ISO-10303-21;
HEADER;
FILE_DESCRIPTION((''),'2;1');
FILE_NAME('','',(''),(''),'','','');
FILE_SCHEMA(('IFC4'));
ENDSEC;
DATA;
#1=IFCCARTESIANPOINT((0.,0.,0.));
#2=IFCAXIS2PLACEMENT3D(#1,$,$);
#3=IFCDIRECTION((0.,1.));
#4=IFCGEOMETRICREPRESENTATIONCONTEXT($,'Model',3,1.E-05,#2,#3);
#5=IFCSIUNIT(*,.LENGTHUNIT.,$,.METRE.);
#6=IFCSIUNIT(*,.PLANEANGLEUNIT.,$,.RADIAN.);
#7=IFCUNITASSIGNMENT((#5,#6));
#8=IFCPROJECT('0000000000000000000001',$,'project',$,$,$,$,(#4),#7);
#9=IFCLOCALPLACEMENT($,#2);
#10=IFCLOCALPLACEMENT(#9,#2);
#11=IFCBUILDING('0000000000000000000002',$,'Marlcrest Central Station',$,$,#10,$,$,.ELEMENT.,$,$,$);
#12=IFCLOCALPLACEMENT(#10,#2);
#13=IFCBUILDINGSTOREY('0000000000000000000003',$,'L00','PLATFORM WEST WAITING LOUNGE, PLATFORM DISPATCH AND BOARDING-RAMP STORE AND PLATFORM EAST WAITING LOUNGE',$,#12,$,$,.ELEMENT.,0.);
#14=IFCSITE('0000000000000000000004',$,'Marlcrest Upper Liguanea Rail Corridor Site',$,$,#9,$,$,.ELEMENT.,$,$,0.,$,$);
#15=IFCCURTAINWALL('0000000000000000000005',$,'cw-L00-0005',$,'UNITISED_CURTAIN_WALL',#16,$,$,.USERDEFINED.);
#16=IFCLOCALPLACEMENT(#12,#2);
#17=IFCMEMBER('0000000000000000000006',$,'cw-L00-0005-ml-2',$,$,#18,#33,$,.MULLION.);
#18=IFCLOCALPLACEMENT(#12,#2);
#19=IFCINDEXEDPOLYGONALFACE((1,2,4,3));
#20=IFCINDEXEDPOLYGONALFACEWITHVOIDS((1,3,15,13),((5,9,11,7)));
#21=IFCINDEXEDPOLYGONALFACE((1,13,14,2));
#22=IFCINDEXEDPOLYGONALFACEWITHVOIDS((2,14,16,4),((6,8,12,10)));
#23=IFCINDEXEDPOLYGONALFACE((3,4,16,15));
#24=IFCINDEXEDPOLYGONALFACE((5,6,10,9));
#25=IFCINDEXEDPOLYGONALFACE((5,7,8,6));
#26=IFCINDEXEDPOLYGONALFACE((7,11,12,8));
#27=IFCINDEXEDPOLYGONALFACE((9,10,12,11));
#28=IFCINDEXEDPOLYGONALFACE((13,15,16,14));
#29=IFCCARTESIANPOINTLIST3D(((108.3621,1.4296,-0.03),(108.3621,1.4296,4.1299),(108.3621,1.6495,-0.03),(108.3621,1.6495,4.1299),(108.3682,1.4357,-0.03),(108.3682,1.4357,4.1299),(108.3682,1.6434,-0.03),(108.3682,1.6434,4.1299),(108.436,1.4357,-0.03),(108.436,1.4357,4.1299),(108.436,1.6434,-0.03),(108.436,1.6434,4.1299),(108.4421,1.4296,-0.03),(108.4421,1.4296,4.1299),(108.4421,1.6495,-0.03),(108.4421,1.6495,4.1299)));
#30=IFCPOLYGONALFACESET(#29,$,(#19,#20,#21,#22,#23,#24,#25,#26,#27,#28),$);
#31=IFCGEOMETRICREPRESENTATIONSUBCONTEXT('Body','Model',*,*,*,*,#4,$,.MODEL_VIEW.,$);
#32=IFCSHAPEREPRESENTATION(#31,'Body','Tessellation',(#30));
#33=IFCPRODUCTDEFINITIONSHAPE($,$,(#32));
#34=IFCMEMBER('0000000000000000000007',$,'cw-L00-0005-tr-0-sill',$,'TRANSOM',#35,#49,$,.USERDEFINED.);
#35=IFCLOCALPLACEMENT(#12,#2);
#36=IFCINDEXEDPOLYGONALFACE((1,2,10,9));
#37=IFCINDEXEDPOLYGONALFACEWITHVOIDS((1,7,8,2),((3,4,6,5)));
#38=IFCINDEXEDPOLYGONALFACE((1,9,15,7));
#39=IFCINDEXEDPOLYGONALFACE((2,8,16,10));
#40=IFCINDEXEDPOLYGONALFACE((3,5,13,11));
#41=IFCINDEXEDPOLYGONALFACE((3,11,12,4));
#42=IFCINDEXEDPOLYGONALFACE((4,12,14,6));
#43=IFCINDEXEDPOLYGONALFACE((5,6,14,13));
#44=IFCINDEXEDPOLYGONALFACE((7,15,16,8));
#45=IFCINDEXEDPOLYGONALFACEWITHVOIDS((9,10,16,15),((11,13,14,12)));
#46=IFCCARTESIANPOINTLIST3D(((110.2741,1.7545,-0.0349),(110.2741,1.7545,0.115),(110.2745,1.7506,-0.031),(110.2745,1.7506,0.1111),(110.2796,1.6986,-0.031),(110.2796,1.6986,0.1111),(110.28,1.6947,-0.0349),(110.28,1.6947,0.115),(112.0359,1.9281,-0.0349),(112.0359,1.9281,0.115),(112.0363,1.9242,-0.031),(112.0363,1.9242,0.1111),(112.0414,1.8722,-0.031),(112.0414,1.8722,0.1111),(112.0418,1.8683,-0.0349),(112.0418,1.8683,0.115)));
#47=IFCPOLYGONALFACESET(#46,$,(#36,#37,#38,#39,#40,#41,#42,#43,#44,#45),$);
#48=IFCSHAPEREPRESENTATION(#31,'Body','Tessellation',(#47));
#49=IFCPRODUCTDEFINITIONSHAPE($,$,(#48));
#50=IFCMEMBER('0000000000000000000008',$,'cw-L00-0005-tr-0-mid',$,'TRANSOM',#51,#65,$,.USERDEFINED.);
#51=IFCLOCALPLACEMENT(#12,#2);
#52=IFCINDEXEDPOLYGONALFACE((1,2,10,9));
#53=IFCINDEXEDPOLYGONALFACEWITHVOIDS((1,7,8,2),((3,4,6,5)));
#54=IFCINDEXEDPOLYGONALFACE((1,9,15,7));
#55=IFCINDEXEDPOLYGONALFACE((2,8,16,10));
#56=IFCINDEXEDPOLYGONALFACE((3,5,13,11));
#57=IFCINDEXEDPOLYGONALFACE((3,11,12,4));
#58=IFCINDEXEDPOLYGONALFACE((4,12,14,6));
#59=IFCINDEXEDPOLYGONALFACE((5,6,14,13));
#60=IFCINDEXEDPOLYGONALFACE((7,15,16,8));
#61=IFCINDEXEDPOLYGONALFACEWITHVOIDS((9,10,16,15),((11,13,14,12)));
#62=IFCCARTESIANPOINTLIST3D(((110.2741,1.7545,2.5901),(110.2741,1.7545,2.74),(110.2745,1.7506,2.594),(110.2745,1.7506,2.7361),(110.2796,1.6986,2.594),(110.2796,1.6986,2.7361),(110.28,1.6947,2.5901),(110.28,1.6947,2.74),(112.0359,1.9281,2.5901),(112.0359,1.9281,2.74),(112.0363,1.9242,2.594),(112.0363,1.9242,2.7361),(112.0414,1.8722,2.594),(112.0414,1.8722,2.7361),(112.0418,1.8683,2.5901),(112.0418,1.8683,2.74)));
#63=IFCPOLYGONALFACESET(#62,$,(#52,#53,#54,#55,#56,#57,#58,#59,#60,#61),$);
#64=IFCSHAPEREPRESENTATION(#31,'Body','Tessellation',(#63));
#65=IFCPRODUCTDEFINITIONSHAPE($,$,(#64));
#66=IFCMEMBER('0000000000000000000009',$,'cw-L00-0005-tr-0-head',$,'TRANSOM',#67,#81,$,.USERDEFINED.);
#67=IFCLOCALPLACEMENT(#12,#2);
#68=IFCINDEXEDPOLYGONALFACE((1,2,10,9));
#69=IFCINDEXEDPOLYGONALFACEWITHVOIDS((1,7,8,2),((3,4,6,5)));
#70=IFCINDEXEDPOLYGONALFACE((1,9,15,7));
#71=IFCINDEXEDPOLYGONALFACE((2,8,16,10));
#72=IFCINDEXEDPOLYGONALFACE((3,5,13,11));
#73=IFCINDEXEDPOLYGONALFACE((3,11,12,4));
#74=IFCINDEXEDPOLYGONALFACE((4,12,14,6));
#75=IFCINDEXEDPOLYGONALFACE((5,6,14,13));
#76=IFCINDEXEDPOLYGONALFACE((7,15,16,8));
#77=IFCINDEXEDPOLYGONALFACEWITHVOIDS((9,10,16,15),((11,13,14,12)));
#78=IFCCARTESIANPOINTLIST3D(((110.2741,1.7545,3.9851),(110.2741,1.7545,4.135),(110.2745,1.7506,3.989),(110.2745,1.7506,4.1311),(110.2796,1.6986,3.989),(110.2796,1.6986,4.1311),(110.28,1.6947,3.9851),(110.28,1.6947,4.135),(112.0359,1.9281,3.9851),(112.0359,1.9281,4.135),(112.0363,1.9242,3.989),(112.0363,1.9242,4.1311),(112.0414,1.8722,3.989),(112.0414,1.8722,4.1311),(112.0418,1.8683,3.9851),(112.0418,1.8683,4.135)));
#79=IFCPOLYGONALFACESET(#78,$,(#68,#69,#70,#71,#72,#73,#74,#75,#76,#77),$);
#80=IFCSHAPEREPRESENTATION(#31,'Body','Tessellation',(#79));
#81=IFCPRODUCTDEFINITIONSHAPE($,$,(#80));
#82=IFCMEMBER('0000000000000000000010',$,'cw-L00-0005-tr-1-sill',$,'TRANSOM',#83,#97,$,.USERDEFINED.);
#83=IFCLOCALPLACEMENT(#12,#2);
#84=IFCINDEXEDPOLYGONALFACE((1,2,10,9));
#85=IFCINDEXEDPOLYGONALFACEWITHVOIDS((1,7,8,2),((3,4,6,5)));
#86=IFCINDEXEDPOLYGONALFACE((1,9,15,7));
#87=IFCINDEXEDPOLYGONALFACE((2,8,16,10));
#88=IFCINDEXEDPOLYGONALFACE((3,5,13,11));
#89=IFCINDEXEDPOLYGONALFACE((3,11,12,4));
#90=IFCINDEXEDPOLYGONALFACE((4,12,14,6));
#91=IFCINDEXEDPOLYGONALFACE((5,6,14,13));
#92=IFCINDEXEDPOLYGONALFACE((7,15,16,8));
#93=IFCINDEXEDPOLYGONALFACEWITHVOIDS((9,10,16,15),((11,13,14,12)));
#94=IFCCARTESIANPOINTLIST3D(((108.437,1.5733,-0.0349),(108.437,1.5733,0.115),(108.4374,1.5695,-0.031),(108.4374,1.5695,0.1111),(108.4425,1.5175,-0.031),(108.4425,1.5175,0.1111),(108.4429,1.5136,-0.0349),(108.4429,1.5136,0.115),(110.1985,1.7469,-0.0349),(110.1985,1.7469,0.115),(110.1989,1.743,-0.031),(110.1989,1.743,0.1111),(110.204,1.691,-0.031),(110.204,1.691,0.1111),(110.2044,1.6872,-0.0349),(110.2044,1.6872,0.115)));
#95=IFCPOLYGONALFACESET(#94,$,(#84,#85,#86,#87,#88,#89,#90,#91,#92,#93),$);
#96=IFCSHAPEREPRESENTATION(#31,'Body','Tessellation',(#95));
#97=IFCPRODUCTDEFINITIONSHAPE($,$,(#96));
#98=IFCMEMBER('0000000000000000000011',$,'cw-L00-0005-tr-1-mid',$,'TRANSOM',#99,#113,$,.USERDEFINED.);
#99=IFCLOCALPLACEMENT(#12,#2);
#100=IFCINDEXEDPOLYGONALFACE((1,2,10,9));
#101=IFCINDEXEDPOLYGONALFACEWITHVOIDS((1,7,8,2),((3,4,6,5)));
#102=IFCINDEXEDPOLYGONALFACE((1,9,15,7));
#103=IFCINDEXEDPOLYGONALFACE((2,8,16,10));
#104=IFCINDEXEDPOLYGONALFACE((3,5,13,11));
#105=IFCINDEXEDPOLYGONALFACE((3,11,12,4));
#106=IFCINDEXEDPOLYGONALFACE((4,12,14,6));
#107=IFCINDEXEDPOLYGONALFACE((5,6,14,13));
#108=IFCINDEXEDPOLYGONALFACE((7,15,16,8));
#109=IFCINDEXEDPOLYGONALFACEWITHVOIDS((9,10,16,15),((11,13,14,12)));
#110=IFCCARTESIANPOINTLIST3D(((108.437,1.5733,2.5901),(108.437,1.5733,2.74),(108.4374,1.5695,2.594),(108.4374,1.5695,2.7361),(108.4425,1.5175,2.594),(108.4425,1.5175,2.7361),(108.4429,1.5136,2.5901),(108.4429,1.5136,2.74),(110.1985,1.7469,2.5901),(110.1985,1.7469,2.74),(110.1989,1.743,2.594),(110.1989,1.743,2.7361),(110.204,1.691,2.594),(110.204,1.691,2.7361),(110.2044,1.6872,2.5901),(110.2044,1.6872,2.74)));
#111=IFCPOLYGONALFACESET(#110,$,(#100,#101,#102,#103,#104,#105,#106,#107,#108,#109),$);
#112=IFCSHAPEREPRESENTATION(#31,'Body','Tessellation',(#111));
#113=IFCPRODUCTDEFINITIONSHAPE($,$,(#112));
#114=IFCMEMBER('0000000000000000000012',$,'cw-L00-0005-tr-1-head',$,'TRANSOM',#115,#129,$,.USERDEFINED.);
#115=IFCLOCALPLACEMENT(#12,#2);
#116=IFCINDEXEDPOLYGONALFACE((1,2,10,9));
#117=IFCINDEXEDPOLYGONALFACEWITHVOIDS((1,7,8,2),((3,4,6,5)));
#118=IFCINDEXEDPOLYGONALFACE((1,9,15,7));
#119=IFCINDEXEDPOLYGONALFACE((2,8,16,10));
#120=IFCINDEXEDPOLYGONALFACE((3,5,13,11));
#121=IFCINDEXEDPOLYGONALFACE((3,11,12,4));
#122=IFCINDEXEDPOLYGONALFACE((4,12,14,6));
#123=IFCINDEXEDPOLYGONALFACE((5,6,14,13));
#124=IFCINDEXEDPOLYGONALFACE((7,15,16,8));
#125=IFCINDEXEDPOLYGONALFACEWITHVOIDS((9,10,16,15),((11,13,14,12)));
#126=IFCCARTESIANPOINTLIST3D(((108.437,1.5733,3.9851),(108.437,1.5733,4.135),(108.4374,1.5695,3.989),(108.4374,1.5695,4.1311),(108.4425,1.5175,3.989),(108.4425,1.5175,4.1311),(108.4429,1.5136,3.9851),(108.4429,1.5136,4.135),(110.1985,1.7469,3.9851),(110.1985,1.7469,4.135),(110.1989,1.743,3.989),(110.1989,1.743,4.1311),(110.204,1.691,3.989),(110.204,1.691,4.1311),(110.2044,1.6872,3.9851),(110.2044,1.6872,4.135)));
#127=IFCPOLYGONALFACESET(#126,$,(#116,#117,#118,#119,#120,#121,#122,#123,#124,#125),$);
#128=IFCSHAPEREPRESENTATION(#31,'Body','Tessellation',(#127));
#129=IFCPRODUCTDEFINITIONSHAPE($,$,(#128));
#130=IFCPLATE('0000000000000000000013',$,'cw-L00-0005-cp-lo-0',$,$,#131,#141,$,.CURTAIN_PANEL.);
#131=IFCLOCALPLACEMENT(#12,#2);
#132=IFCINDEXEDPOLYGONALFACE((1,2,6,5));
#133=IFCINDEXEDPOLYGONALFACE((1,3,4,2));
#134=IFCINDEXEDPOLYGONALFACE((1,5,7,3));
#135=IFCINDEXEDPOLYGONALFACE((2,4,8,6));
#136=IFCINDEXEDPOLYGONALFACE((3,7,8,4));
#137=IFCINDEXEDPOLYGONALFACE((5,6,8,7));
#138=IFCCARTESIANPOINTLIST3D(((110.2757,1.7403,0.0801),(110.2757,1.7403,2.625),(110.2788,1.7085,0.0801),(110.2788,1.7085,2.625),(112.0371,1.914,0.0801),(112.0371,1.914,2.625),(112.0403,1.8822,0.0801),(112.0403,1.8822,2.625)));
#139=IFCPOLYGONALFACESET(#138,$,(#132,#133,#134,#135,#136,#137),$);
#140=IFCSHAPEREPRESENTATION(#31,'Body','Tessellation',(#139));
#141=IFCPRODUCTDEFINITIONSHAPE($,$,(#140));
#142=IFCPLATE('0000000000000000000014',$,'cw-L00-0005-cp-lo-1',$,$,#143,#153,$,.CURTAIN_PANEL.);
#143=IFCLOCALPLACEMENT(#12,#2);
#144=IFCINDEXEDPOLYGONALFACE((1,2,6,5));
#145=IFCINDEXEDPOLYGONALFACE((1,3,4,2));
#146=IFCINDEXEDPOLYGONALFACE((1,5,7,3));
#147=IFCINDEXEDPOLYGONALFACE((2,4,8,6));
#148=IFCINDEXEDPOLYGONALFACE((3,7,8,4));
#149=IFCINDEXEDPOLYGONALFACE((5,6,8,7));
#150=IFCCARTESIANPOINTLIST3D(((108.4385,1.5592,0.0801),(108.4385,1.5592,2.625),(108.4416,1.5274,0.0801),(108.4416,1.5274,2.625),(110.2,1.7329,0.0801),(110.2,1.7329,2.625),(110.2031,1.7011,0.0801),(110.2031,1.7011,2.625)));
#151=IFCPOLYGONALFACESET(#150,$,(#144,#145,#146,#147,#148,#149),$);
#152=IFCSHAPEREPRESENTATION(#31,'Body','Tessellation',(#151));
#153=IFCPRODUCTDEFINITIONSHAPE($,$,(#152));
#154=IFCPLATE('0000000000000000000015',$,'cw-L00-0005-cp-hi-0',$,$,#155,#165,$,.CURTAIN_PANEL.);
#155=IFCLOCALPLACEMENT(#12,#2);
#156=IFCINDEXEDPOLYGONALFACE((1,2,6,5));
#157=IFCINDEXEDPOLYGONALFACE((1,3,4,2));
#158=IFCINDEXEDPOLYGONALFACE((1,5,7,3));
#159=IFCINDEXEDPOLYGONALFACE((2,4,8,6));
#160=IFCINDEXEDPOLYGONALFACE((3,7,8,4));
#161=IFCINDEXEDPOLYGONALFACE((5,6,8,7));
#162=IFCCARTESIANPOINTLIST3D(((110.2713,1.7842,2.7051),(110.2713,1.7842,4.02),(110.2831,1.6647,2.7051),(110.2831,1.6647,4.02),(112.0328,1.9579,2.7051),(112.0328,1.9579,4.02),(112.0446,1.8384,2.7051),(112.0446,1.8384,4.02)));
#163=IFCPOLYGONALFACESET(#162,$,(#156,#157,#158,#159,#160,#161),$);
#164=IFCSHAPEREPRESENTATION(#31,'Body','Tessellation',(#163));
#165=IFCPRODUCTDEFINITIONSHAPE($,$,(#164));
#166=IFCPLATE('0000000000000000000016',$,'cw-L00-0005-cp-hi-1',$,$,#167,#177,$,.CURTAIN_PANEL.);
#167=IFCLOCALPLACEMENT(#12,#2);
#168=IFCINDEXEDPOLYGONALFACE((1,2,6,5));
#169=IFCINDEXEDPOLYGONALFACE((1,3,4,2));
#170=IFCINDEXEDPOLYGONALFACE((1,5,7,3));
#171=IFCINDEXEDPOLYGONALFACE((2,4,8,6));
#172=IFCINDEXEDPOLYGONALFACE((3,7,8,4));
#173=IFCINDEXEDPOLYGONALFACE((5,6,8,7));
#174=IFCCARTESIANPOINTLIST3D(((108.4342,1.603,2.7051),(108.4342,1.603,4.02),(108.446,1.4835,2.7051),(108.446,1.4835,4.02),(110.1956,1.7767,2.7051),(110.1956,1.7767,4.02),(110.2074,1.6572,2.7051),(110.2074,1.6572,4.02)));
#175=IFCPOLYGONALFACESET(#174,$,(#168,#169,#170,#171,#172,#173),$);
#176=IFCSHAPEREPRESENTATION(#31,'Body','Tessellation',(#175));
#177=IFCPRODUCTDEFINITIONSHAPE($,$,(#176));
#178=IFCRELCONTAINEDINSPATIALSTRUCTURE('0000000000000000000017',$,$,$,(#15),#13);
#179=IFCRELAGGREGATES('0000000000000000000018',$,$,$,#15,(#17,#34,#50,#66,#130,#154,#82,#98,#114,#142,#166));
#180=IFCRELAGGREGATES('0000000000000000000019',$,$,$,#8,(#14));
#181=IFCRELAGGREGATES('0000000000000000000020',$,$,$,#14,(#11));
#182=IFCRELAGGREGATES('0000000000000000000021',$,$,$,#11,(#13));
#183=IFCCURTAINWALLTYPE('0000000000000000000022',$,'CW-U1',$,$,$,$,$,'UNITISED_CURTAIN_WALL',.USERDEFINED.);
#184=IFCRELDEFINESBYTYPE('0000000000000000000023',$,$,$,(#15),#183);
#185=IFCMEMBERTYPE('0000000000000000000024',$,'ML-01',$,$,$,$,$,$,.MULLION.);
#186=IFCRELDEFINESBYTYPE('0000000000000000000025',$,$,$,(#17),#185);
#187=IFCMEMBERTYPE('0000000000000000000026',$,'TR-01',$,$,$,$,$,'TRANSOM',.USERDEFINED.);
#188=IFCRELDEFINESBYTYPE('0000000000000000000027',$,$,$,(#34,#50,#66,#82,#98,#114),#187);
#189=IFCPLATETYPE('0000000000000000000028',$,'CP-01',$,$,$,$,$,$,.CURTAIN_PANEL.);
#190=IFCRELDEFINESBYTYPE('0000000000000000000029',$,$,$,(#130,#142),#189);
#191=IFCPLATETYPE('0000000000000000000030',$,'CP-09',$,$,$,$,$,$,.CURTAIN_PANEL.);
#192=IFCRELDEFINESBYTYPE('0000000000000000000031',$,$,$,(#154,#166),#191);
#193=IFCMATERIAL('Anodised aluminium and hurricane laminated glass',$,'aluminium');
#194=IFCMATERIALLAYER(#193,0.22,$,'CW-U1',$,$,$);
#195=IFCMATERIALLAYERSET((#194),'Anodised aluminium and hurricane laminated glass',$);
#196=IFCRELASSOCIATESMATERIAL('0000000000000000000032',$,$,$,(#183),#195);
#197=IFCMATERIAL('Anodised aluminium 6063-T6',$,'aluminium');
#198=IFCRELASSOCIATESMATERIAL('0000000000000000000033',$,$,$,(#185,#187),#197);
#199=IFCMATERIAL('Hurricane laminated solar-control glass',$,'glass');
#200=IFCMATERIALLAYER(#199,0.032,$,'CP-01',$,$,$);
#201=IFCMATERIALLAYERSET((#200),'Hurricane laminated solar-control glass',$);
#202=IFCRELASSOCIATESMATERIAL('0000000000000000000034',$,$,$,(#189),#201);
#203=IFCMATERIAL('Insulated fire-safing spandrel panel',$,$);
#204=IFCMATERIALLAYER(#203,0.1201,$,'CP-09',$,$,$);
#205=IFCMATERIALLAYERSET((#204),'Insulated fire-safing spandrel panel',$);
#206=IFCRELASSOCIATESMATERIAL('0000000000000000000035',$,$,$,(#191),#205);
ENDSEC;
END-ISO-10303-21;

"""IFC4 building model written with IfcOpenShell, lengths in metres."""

from ifc_helpers import new_model, si_unit, direction, frame, origin, origin_2d, place, context, subcontext, project, spatial, rectangle, hollow_rectangle, extrude, material, layer, layer_set, material_profile, profile_set, type_object, element, aggregate, save


model = new_model("IFC4")

# Units and contexts
model_context = context("Model", 3, precision=1e-05, world=origin(), true_north=direction((0.0, 1.0)))
body_context = subcontext(model_context, "Body", "Model", "MODEL_VIEW")
ifc_project = project(units=[si_unit("LENGTHUNIT", "METRE"), si_unit("PLANEANGLEUNIT", "RADIAN")], contexts=[model_context])

# Site, building, storey
site_placement = place(None, origin())
site = spatial("IfcSite", under=ifc_project, at=site_placement, Name="Marlcrest Upper Liguanea Rail Corridor Site", CompositionType="ELEMENT", RefElevation=0.0)
building_placement = place(site_placement, origin())
building = spatial("IfcBuilding", under=site, at=building_placement, Name="Marlcrest Central Station", CompositionType="ELEMENT")
storey_placement = place(building_placement, origin())
storey = spatial("IfcBuildingStorey", under=building, at=storey_placement, Name="L00", Description="PLATFORM WEST WAITING LOUNGE, PLATFORM DISPATCH AND BOARDING-RAMP STORE AND PLATFORM EAST WAITING LOUNGE", CompositionType="ELEMENT", Elevation=0.0)

# Curtain wall, members, plates
ifc_material_1 = material(Name="Anodised aluminium and hurricane laminated glass", Category="aluminium")
ifc_layer_1 = layer(ifc_material_1, 0.22, Name="CW-U1")
ifc_layer_set_1 = layer_set([ifc_layer_1], Name="Anodised aluminium and hurricane laminated glass")
curtain_wall_type = type_object("IfcCurtainWallType", Name="CW-U1", ElementType="UNITISED_CURTAIN_WALL", PredefinedType="USERDEFINED", material=ifc_layer_set_1)
curtain_wall_placement = place(storey_placement, origin())
curtain_wall = element("IfcCurtainWall", 1, at=curtain_wall_placement, inside=storey, type_object=curtain_wall_type, Name="cw-L00-0005", ObjectType="UNITISED_CURTAIN_WALL", PredefinedType="USERDEFINED")
ifc_material_2 = material(Name="Anodised aluminium 6063-T6", Category="aluminium")
ifc_material_profile_1 = material_profile(ifc_material_2, hollow_rectangle(XDim=0.0801, YDim=0.22, WallThickness=0.0061, at=origin_2d()), Name="AA-RHS 220x80x6")
ifc_profile_set_1 = profile_set([ifc_material_profile_1], Name="Anodised aluminium 6063-T6")
member_type_1 = type_object("IfcMemberType", Name="ML-01", PredefinedType="MULLION", material=ifc_profile_set_1)
member_1_placement = place(storey_placement, frame((108.4021, 1.5396, -0.03), z_axis=(0.0, 0.0, 1.0), x_axis=(1.0, 0.0, 0.0)))
member_1 = element("IfcMember", 2, at=member_1_placement, type_object=member_type_1, Name="cw-L00-0005-ml-2", PredefinedType="MULLION", context=body_context, shape_type="SweptSolid", body=[
    extrude(hollow_rectangle(XDim=0.0801, YDim=0.22, WallThickness=0.0061, at=origin_2d()), origin(), (0.0, 0.0, 1.0), 4.1599),
])
ifc_material_profile_2 = material_profile(ifc_material_2, hollow_rectangle(XDim=0.0601, YDim=0.1499, WallThickness=0.0039, at=origin_2d()), Name="AA-RHS 150x60x4")
ifc_profile_set_2 = profile_set([ifc_material_profile_2], Name="Anodised aluminium 6063-T6")
member_type_2 = type_object("IfcMemberType", Name="TR-01", ElementType="TRANSOM", PredefinedType="USERDEFINED", material=ifc_profile_set_2)
member_2_placement = place(storey_placement, frame((112.0388, 1.8982, 0.04), z_axis=(-0.995181, -0.098056, 0.0), x_axis=(0.098056, -0.995181, 0.0)))
member_2 = element("IfcMember", 3, at=member_2_placement, type_object=member_type_2, Name="cw-L00-0005-tr-0-sill", ObjectType="TRANSOM", PredefinedType="USERDEFINED", context=body_context, shape_type="SweptSolid", body=[
    extrude(hollow_rectangle(XDim=0.0601, YDim=0.1499, WallThickness=0.0039, at=origin_2d()), origin(), (0.0, 0.0, 1.0), 1.7703),
])
member_3_placement = place(storey_placement, frame((112.0388, 1.8982, 2.665), z_axis=(-0.995181, -0.098056, 0.0), x_axis=(0.098056, -0.995181, 0.0)))
member_3 = element("IfcMember", 4, at=member_3_placement, type_object=member_type_2, Name="cw-L00-0005-tr-0-mid", ObjectType="TRANSOM", PredefinedType="USERDEFINED", context=body_context, shape_type="SweptSolid", body=[
    extrude(hollow_rectangle(XDim=0.0601, YDim=0.1499, WallThickness=0.0039, at=origin_2d()), origin(), (0.0, 0.0, 1.0), 1.7703),
])
member_4_placement = place(storey_placement, frame((112.0388, 1.8982, 4.0601), z_axis=(-0.995181, -0.098056, 0.0), x_axis=(0.098056, -0.995181, 0.0)))
member_4 = element("IfcMember", 5, at=member_4_placement, type_object=member_type_2, Name="cw-L00-0005-tr-0-head", ObjectType="TRANSOM", PredefinedType="USERDEFINED", context=body_context, shape_type="SweptSolid", body=[
    extrude(hollow_rectangle(XDim=0.0601, YDim=0.1499, WallThickness=0.0039, at=origin_2d()), origin(), (0.0, 0.0, 1.0), 1.7703),
])
member_5_placement = place(storey_placement, frame((110.2014, 1.717, 0.04), z_axis=(-0.99518, -0.09807, 0.0), x_axis=(0.09807, -0.99518, 0.0)))
member_5 = element("IfcMember", 6, at=member_5_placement, type_object=member_type_2, Name="cw-L00-0005-tr-1-sill", ObjectType="TRANSOM", PredefinedType="USERDEFINED", context=body_context, shape_type="SweptSolid", body=[
    extrude(hollow_rectangle(XDim=0.0601, YDim=0.1499, WallThickness=0.0039, at=origin_2d()), origin(), (0.0, 0.0, 1.0), 1.77),
])
member_6_placement = place(storey_placement, frame((110.2014, 1.717, 2.665), z_axis=(-0.99518, -0.09807, 0.0), x_axis=(0.09807, -0.99518, 0.0)))
member_6 = element("IfcMember", 7, at=member_6_placement, type_object=member_type_2, Name="cw-L00-0005-tr-1-mid", ObjectType="TRANSOM", PredefinedType="USERDEFINED", context=body_context, shape_type="SweptSolid", body=[
    extrude(hollow_rectangle(XDim=0.0601, YDim=0.1499, WallThickness=0.0039, at=origin_2d()), origin(), (0.0, 0.0, 1.0), 1.77),
])
member_7_placement = place(storey_placement, frame((110.2014, 1.717, 4.0601), z_axis=(-0.99518, -0.09807, 0.0), x_axis=(0.09807, -0.99518, 0.0)))
member_7 = element("IfcMember", 8, at=member_7_placement, type_object=member_type_2, Name="cw-L00-0005-tr-1-head", ObjectType="TRANSOM", PredefinedType="USERDEFINED", context=body_context, shape_type="SweptSolid", body=[
    extrude(hollow_rectangle(XDim=0.0601, YDim=0.1499, WallThickness=0.0039, at=origin_2d()), origin(), (0.0, 0.0, 1.0), 1.77),
])
ifc_material_3 = material(Name="Hurricane laminated solar-control glass", Category="glass")
ifc_layer_2 = layer(ifc_material_3, 0.032, Name="CP-01")
ifc_layer_set_2 = layer_set([ifc_layer_2], Name="Hurricane laminated solar-control glass")
plate_type_1 = type_object("IfcPlateType", Name="CP-01", PredefinedType="CURTAIN_PANEL", material=ifc_layer_set_2)
plate_1_placement = place(storey_placement, frame((111.158, 1.8113, 0.0801), z_axis=(0.0, 0.0, 1.0), x_axis=(-0.995173, -0.098139, 0.0)))
plate_1 = element("IfcPlate", 9, at=plate_1_placement, type_object=plate_type_1, Name="cw-L00-0005-cp-lo-0", PredefinedType="CURTAIN_PANEL", context=body_context, shape_type="SweptSolid", body=[
    extrude(rectangle(XDim=1.77, YDim=0.032, at=origin_2d()), origin(), (0.0, 0.0, 1.0), 2.5449),
])
plate_2_placement = place(storey_placement, frame((109.3208, 1.6301, 0.0801), z_axis=(0.0, 0.0, 1.0), x_axis=(-0.995173, -0.098139, 0.0)))
plate_2 = element("IfcPlate", 10, at=plate_2_placement, type_object=plate_type_1, Name="cw-L00-0005-cp-lo-1", PredefinedType="CURTAIN_PANEL", context=body_context, shape_type="SweptSolid", body=[
    extrude(rectangle(XDim=1.77, YDim=0.032, at=origin_2d()), origin(), (0.0, 0.0, 1.0), 2.5449),
])
ifc_material_4 = material(Name="Insulated fire-safing spandrel panel")
ifc_layer_3 = layer(ifc_material_4, 0.1201, Name="CP-09")
ifc_layer_set_3 = layer_set([ifc_layer_3], Name="Insulated fire-safing spandrel panel")
plate_type_2 = type_object("IfcPlateType", Name="CP-09", PredefinedType="CURTAIN_PANEL", material=ifc_layer_set_3)
plate_3_placement = place(storey_placement, frame((111.158, 1.8113, 2.7051), z_axis=(0.0, 0.0, 1.0), x_axis=(-0.995173, -0.098139, 0.0)))
plate_3 = element("IfcPlate", 11, at=plate_3_placement, type_object=plate_type_2, Name="cw-L00-0005-cp-hi-0", PredefinedType="CURTAIN_PANEL", context=body_context, shape_type="SweptSolid", body=[
    extrude(rectangle(XDim=1.77, YDim=0.1201, at=origin_2d()), origin(), (0.0, 0.0, 1.0), 1.3149),
])
plate_4_placement = place(storey_placement, frame((109.3208, 1.6301, 2.7051), z_axis=(0.0, 0.0, 1.0), x_axis=(-0.995173, -0.098139, 0.0)))
plate_4 = element("IfcPlate", 12, at=plate_4_placement, type_object=plate_type_2, Name="cw-L00-0005-cp-hi-1", PredefinedType="CURTAIN_PANEL", context=body_context, shape_type="SweptSolid", body=[
    extrude(rectangle(XDim=1.77, YDim=0.1201, at=origin_2d()), origin(), (0.0, 0.0, 1.0), 1.3149),
])
aggregate(curtain_wall, [member_1, member_2, member_3, member_4, plate_1, plate_3, member_5, member_6, member_7, plate_2, plate_4])

save(model, "model.ifc")
